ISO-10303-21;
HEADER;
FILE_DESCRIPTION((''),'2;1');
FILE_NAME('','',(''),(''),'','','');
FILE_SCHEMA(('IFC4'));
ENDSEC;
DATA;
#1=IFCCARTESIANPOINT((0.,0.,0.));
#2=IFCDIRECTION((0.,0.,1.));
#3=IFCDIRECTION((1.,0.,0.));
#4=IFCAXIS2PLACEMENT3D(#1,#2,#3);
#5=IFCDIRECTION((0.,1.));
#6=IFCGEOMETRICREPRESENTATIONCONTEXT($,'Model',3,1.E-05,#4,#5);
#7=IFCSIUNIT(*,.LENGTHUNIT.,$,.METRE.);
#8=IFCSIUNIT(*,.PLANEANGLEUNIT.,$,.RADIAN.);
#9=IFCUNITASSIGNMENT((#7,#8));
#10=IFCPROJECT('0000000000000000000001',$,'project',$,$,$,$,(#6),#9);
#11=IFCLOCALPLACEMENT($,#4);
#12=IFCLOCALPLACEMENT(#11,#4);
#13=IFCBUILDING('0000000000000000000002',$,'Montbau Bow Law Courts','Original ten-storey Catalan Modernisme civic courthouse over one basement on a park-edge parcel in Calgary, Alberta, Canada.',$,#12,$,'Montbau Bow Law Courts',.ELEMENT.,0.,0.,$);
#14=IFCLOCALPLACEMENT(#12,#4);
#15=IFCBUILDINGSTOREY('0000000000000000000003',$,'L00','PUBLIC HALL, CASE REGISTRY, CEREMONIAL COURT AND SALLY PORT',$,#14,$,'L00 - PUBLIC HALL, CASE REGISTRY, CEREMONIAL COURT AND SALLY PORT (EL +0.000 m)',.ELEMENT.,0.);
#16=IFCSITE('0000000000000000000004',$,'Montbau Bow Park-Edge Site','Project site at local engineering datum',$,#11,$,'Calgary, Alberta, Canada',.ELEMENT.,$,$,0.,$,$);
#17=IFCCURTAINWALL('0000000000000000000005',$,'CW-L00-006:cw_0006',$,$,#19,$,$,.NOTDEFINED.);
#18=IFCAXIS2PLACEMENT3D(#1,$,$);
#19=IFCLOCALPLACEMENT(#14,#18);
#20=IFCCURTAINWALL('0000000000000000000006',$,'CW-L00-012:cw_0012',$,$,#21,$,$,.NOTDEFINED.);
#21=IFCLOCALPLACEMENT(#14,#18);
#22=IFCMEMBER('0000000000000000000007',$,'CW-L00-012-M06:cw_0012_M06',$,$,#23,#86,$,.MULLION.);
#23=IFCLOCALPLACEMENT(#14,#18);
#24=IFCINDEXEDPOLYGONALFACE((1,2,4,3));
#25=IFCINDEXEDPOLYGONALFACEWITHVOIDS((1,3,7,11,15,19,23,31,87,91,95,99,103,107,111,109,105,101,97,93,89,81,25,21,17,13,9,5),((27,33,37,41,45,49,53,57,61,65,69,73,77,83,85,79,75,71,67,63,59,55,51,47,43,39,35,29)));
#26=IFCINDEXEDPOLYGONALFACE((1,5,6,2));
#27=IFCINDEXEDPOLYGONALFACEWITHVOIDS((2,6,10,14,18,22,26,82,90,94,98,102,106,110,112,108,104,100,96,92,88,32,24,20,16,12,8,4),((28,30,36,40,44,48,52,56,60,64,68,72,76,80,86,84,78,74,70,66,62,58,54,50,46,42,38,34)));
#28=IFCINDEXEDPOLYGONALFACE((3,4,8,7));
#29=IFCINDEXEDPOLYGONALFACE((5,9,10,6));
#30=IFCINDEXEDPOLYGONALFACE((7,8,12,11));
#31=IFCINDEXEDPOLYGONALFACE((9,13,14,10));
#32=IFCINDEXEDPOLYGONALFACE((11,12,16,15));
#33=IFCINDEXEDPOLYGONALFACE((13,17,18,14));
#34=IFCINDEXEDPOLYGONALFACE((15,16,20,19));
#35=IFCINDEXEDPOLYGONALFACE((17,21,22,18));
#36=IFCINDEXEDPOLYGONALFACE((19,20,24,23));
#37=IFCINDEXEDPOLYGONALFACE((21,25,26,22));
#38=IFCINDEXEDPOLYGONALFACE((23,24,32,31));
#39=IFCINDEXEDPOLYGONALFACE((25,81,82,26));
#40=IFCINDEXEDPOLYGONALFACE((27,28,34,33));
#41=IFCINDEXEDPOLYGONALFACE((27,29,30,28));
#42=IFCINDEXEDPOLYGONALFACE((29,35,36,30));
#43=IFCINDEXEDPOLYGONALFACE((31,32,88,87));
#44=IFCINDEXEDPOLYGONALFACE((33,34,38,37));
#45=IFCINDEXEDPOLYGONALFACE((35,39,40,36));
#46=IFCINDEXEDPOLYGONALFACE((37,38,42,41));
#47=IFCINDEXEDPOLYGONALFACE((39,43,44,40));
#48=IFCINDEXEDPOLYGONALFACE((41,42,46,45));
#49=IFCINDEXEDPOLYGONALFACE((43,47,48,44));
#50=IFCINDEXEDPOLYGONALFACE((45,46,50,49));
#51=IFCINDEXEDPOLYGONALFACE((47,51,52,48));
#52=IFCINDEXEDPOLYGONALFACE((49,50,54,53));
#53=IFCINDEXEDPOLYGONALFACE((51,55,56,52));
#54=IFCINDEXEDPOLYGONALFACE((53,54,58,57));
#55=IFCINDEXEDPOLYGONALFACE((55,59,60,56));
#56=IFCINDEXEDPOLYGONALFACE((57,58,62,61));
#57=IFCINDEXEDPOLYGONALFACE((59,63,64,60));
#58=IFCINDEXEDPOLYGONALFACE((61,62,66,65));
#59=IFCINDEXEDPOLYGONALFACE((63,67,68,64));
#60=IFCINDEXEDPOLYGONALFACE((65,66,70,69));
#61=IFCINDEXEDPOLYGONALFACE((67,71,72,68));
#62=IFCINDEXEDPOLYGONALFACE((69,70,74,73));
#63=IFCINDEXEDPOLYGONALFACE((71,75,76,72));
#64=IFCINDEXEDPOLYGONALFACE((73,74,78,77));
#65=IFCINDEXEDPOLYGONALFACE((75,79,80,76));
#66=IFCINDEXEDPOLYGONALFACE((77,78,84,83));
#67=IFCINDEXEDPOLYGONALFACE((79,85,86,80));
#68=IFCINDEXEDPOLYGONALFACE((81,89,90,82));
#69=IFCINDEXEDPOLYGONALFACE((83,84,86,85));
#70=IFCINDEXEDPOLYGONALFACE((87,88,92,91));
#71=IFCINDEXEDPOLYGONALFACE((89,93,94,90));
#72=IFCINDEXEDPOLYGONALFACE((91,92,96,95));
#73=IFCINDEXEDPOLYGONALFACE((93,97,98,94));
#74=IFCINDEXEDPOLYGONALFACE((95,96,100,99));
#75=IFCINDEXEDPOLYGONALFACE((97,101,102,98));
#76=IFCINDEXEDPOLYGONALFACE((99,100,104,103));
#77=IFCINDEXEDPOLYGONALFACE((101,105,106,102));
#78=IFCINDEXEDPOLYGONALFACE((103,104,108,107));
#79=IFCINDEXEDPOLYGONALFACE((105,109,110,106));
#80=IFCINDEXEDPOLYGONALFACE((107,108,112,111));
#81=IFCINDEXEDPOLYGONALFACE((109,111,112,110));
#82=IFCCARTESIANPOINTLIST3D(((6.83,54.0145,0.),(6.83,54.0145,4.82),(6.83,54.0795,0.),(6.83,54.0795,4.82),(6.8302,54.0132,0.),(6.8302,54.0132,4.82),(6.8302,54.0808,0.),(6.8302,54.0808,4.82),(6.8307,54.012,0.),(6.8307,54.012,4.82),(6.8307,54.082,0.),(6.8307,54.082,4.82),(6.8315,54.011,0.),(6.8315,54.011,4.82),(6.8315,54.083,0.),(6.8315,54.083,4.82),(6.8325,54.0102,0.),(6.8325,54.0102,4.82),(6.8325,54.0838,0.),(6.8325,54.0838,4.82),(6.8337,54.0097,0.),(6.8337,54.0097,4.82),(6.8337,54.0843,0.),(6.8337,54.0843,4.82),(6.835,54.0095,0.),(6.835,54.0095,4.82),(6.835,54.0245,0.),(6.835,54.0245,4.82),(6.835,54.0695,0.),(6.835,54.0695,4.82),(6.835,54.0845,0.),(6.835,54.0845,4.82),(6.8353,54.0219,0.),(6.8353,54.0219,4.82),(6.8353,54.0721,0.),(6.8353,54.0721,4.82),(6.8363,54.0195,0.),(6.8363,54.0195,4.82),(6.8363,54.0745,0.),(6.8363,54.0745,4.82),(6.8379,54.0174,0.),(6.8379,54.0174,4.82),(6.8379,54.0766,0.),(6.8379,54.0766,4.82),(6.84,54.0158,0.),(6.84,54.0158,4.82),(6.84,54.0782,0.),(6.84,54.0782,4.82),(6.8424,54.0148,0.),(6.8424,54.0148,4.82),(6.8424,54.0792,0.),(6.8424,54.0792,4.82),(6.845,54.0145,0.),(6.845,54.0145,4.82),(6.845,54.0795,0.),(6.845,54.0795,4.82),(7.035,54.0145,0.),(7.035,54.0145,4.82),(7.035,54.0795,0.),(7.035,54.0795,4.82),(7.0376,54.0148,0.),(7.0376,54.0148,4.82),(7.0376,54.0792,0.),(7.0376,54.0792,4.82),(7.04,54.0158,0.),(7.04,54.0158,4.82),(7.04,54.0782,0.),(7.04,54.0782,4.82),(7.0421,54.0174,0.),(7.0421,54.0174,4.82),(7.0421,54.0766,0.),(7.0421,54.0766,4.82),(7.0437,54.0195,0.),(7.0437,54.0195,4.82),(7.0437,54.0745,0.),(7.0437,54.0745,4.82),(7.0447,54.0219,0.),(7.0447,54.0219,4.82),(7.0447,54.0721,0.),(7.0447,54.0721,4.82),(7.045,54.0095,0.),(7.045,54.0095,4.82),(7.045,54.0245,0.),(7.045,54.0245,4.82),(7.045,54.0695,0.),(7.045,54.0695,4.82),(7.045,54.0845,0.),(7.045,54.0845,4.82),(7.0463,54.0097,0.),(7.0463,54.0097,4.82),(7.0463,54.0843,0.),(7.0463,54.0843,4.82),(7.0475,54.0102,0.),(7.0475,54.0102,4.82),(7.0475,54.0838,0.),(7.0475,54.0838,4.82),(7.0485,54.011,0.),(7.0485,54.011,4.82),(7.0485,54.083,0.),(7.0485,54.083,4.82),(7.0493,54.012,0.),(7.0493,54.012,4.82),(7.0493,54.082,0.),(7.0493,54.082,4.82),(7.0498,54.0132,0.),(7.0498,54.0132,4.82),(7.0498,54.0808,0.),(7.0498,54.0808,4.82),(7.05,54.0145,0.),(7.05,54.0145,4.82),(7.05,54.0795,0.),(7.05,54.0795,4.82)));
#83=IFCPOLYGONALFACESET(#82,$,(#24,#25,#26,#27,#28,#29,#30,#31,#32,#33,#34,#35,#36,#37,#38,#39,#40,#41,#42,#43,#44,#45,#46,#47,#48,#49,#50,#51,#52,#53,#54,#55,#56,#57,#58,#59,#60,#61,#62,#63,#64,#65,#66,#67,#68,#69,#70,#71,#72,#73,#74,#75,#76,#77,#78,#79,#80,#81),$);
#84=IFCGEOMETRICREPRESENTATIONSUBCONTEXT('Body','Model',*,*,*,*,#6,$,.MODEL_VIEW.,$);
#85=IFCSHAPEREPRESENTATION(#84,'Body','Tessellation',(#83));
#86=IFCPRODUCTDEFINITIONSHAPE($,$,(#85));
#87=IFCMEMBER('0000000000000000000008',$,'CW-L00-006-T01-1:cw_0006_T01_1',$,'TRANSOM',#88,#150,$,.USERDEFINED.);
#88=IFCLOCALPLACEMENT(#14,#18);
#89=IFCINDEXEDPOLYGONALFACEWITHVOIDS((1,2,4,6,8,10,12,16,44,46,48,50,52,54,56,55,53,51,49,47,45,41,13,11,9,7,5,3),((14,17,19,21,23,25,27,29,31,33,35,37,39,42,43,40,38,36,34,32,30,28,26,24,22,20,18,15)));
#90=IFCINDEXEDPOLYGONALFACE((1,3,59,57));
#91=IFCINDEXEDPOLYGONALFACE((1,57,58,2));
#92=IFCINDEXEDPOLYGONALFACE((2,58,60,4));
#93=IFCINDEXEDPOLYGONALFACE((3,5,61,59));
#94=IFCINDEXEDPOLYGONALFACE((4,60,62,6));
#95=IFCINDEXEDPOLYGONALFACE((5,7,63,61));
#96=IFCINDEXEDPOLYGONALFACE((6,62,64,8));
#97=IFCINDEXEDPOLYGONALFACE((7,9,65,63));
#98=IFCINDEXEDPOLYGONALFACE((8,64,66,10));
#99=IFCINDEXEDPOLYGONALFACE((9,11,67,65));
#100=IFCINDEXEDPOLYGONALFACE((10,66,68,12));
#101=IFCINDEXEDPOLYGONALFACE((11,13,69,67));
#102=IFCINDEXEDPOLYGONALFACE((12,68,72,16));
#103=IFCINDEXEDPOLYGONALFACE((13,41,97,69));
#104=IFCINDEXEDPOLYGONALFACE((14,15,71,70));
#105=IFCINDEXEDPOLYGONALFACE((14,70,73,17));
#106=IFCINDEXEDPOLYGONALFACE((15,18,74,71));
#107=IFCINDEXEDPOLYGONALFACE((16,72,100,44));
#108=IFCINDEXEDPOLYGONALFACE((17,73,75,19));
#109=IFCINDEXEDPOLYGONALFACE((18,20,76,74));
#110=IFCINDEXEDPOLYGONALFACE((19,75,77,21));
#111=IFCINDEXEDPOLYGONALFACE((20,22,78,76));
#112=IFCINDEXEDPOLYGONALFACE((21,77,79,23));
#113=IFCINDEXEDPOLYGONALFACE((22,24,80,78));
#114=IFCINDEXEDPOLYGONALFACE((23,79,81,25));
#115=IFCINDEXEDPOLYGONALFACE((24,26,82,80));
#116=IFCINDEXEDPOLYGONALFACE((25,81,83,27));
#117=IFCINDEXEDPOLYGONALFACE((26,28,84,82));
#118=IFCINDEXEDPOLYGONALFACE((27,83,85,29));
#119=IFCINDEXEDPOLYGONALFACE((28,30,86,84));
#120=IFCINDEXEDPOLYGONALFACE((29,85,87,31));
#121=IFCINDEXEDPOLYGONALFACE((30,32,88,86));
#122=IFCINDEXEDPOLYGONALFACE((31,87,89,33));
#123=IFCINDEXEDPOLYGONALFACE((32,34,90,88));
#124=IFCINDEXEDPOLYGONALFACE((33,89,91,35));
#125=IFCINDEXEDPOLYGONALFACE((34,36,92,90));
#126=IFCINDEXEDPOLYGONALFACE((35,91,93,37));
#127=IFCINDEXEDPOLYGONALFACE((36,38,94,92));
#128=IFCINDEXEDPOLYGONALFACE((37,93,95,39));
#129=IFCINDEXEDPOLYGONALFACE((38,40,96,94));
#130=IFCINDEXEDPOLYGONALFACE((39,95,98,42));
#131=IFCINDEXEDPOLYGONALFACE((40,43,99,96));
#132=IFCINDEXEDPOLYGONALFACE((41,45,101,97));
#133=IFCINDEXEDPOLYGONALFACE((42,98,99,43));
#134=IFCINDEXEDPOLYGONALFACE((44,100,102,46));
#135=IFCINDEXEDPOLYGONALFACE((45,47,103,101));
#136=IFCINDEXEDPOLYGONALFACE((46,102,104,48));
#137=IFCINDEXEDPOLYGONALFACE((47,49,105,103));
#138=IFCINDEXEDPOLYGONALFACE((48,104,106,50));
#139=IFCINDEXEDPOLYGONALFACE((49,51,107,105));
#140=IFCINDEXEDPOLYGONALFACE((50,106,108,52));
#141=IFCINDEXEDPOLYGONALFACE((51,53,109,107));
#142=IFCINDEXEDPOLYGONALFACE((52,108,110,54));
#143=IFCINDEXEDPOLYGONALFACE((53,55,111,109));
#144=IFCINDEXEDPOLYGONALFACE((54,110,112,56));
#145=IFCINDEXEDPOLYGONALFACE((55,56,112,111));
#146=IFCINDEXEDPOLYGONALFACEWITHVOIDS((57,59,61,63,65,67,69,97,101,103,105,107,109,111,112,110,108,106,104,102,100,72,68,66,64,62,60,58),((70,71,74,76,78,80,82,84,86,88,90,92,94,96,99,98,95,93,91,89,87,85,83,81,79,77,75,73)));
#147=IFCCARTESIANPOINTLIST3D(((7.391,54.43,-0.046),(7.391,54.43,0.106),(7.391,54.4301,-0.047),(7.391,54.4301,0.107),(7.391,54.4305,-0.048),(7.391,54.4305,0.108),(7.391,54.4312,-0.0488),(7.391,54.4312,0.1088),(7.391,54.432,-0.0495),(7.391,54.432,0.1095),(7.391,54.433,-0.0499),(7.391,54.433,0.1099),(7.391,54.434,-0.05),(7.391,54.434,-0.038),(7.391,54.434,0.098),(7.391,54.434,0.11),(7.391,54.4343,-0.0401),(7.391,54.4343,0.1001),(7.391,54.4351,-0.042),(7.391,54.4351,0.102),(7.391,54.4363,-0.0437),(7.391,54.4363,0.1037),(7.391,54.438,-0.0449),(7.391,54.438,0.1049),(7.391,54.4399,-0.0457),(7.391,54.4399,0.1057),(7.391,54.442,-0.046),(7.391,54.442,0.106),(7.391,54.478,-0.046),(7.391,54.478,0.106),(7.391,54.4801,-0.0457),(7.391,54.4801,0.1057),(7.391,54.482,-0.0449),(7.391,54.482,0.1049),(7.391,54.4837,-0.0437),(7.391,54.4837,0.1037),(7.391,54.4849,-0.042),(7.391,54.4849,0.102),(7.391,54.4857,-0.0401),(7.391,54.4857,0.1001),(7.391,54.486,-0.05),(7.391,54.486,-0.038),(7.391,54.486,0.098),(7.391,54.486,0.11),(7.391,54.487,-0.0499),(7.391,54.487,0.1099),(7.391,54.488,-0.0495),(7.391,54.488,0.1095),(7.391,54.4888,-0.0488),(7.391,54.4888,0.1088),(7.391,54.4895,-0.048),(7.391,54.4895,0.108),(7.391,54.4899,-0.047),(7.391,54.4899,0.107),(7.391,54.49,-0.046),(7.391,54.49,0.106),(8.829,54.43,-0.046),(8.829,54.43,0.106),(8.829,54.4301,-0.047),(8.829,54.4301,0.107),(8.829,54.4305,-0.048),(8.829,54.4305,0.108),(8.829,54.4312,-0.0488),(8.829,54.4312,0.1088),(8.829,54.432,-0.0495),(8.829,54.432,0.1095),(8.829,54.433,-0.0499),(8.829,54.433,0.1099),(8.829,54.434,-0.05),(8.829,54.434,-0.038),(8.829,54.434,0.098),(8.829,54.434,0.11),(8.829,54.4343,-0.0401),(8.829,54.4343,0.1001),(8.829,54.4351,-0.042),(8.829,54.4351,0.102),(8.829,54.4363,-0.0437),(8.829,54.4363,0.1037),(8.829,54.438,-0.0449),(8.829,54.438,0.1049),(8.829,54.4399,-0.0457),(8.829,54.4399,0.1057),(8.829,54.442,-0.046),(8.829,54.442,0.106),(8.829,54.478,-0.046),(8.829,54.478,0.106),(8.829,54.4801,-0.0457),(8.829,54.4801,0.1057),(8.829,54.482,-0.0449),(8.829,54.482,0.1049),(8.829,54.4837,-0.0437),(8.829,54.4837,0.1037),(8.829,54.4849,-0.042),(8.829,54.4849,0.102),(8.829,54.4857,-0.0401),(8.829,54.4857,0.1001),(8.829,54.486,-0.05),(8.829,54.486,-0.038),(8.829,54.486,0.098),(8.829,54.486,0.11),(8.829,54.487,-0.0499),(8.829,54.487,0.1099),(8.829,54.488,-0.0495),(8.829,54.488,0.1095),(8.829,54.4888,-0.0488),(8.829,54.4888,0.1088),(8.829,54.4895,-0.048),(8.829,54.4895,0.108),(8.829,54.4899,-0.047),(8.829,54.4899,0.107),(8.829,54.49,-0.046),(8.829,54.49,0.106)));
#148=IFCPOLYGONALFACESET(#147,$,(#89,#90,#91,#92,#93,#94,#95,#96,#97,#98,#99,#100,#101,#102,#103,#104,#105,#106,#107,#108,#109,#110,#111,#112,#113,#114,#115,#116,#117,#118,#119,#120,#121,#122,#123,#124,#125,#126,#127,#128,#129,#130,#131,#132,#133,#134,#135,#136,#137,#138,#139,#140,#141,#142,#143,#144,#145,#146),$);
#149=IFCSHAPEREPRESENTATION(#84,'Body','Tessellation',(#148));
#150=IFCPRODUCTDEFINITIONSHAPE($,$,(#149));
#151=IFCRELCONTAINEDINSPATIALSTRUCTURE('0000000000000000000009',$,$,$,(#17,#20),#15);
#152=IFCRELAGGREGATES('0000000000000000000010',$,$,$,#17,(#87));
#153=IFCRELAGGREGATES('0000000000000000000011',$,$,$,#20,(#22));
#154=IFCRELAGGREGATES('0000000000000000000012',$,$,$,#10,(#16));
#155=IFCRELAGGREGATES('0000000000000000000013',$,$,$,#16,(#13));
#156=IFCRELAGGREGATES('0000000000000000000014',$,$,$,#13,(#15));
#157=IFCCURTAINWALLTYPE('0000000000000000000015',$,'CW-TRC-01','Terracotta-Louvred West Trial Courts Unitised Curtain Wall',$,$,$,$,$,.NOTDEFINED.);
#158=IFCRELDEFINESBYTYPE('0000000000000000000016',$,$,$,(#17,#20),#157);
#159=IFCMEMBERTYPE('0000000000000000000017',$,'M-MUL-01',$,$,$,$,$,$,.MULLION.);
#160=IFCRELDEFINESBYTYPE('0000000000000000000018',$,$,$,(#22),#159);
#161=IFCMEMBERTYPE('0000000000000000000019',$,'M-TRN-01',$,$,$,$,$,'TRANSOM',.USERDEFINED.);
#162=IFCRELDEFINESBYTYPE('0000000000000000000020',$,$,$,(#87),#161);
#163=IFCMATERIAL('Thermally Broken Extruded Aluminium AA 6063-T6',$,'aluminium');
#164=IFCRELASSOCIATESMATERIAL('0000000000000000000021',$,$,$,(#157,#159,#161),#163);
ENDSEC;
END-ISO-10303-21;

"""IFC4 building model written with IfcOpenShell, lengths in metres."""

from ifc_helpers import new_model, si_unit, direction, frame, origin_with_axes, origin_2d_with_axis, place, context, subcontext, project, spatial, hollow_rectangle, extrude, material, material_profile, profile_set, type_object, element, aggregate, save


model = new_model("IFC4")

# Units and contexts
model_context = context("Model", 3, precision=1e-05, world=origin_with_axes(), true_north=direction((0.0, 1.0)))
body_context = subcontext(model_context, "Body", "Model", "MODEL_VIEW")
ifc_project = project(units=[si_unit("LENGTHUNIT", "METRE"), si_unit("PLANEANGLEUNIT", "RADIAN")], contexts=[model_context])

# Site, building, storey
site_placement = place(None, origin_with_axes())
site = spatial("IfcSite", under=ifc_project, at=site_placement, Name="Montbau Bow Park-Edge Site", Description="Project site at local engineering datum", LongName="Calgary, Alberta, Canada", CompositionType="ELEMENT", RefElevation=0.0)
building_placement = place(site_placement, origin_with_axes())
building = spatial("IfcBuilding", under=site, at=building_placement, Name="Montbau Bow Law Courts", Description="Original ten-storey Catalan Modernisme civic courthouse over one basement on a park-edge parcel in Calgary, Alberta, Canada.", LongName="Montbau Bow Law Courts", CompositionType="ELEMENT", ElevationOfRefHeight=0.0, ElevationOfTerrain=0.0)
storey_placement = place(building_placement, origin_with_axes())
storey = spatial("IfcBuildingStorey", under=building, at=storey_placement, Name="L00", Description="PUBLIC HALL, CASE REGISTRY, CEREMONIAL COURT AND SALLY PORT", LongName="L00 - PUBLIC HALL, CASE REGISTRY, CEREMONIAL COURT AND SALLY PORT (EL +0.000 m)", CompositionType="ELEMENT", Elevation=0.0)

# Curtain walls, member
ifc_material_1 = material(Name="Thermally Broken Extruded Aluminium AA 6063-T6", Category="aluminium")
curtain_wall_type = type_object("IfcCurtainWallType", Name="CW-TRC-01", Description="Terracotta-Louvred West Trial Courts Unitised Curtain Wall", PredefinedType="NOTDEFINED", material=ifc_material_1)
curtain_wall_1_placement = place(None, frame((7.315, 54.46, 0.0), z_axis=(0.0, 0.0, 1.0), x_axis=(1.0, 0.0, 0.0)))
curtain_wall_1 = element("IfcCurtainWall", 1, at=curtain_wall_1_placement, inside=storey, type_object=curtain_wall_type, Name="CW-L00-006:cw_0006", PredefinedType="NOTDEFINED")
ifc_material_profile_1 = material_profile(ifc_material_1, hollow_rectangle(XDim=0.075, YDim=0.22, WallThickness=0.005, InnerFilletRadius=0.01, OuterFilletRadius=0.005, at=origin_2d_with_axis()), Name="CWM-220X75", Category="Main", Priority=0)
ifc_profile_set_1 = profile_set([ifc_material_profile_1], Name="Thermally Broken Extruded Aluminium AA 6063-T6")
member_type_1 = type_object("IfcMemberType", Name="M-MUL-01", PredefinedType="MULLION", material=ifc_profile_set_1)
curtain_wall_2_placement = place(None, frame((6.94, 46.715, 0.0), z_axis=(0.0, 0.0, 1.0), x_axis=(1.0, 0.0, 0.0)))
curtain_wall_2 = element("IfcCurtainWall", 2, at=curtain_wall_2_placement, inside=storey, type_object=curtain_wall_type, Name="CW-L00-012:cw_0012", PredefinedType="NOTDEFINED")
member_1_placement = place(None, frame((6.94, 54.047, 0.0), z_axis=(0.0, 0.0, 1.0), x_axis=(0.0, 1.0, 0.0)))
member_1 = element("IfcMember", 3, at=member_1_placement, type_object=member_type_1, Name="CW-L00-012-M06:cw_0012_M06", PredefinedType="MULLION", context=body_context, shape_type="SweptSolid", body=[
    extrude(hollow_rectangle(XDim=0.075, YDim=0.22, WallThickness=0.005, InnerFilletRadius=0.01, OuterFilletRadius=0.005, at=origin_2d_with_axis()), origin_with_axes(), (0.0, 0.0, 1.0), 4.82),
])

# Member
ifc_material_profile_2 = material_profile(ifc_material_1, hollow_rectangle(XDim=0.06, YDim=0.16, WallThickness=0.004, InnerFilletRadius=0.008, OuterFilletRadius=0.004, at=origin_2d_with_axis()), Name="CWT-160X60", Category="Main", Priority=0)
ifc_profile_set_2 = profile_set([ifc_material_profile_2], Name="Thermally Broken Extruded Aluminium AA 6063-T6")
member_type_2 = type_object("IfcMemberType", Name="M-TRN-01", ElementType="TRANSOM", PredefinedType="USERDEFINED", material=ifc_profile_set_2)
member_2_placement = place(None, frame((7.391, 54.46, 0.03), z_axis=(1.0, 0.0, 0.0), x_axis=(0.0, 1.0, 0.0)))
member_2 = element("IfcMember", 4, at=member_2_placement, type_object=member_type_2, Name="CW-L00-006-T01-1:cw_0006_T01_1", ObjectType="TRANSOM", PredefinedType="USERDEFINED", context=body_context, shape_type="SweptSolid", body=[
    extrude(hollow_rectangle(XDim=0.06, YDim=0.16, WallThickness=0.004, InnerFilletRadius=0.008, OuterFilletRadius=0.004, at=origin_2d_with_axis()), origin_with_axes(), (0.0, 0.0, 1.0), 1.438),
])
aggregate(curtain_wall_1, [member_2])
aggregate(curtain_wall_2, [member_1])

save(model, "model.ifc")
